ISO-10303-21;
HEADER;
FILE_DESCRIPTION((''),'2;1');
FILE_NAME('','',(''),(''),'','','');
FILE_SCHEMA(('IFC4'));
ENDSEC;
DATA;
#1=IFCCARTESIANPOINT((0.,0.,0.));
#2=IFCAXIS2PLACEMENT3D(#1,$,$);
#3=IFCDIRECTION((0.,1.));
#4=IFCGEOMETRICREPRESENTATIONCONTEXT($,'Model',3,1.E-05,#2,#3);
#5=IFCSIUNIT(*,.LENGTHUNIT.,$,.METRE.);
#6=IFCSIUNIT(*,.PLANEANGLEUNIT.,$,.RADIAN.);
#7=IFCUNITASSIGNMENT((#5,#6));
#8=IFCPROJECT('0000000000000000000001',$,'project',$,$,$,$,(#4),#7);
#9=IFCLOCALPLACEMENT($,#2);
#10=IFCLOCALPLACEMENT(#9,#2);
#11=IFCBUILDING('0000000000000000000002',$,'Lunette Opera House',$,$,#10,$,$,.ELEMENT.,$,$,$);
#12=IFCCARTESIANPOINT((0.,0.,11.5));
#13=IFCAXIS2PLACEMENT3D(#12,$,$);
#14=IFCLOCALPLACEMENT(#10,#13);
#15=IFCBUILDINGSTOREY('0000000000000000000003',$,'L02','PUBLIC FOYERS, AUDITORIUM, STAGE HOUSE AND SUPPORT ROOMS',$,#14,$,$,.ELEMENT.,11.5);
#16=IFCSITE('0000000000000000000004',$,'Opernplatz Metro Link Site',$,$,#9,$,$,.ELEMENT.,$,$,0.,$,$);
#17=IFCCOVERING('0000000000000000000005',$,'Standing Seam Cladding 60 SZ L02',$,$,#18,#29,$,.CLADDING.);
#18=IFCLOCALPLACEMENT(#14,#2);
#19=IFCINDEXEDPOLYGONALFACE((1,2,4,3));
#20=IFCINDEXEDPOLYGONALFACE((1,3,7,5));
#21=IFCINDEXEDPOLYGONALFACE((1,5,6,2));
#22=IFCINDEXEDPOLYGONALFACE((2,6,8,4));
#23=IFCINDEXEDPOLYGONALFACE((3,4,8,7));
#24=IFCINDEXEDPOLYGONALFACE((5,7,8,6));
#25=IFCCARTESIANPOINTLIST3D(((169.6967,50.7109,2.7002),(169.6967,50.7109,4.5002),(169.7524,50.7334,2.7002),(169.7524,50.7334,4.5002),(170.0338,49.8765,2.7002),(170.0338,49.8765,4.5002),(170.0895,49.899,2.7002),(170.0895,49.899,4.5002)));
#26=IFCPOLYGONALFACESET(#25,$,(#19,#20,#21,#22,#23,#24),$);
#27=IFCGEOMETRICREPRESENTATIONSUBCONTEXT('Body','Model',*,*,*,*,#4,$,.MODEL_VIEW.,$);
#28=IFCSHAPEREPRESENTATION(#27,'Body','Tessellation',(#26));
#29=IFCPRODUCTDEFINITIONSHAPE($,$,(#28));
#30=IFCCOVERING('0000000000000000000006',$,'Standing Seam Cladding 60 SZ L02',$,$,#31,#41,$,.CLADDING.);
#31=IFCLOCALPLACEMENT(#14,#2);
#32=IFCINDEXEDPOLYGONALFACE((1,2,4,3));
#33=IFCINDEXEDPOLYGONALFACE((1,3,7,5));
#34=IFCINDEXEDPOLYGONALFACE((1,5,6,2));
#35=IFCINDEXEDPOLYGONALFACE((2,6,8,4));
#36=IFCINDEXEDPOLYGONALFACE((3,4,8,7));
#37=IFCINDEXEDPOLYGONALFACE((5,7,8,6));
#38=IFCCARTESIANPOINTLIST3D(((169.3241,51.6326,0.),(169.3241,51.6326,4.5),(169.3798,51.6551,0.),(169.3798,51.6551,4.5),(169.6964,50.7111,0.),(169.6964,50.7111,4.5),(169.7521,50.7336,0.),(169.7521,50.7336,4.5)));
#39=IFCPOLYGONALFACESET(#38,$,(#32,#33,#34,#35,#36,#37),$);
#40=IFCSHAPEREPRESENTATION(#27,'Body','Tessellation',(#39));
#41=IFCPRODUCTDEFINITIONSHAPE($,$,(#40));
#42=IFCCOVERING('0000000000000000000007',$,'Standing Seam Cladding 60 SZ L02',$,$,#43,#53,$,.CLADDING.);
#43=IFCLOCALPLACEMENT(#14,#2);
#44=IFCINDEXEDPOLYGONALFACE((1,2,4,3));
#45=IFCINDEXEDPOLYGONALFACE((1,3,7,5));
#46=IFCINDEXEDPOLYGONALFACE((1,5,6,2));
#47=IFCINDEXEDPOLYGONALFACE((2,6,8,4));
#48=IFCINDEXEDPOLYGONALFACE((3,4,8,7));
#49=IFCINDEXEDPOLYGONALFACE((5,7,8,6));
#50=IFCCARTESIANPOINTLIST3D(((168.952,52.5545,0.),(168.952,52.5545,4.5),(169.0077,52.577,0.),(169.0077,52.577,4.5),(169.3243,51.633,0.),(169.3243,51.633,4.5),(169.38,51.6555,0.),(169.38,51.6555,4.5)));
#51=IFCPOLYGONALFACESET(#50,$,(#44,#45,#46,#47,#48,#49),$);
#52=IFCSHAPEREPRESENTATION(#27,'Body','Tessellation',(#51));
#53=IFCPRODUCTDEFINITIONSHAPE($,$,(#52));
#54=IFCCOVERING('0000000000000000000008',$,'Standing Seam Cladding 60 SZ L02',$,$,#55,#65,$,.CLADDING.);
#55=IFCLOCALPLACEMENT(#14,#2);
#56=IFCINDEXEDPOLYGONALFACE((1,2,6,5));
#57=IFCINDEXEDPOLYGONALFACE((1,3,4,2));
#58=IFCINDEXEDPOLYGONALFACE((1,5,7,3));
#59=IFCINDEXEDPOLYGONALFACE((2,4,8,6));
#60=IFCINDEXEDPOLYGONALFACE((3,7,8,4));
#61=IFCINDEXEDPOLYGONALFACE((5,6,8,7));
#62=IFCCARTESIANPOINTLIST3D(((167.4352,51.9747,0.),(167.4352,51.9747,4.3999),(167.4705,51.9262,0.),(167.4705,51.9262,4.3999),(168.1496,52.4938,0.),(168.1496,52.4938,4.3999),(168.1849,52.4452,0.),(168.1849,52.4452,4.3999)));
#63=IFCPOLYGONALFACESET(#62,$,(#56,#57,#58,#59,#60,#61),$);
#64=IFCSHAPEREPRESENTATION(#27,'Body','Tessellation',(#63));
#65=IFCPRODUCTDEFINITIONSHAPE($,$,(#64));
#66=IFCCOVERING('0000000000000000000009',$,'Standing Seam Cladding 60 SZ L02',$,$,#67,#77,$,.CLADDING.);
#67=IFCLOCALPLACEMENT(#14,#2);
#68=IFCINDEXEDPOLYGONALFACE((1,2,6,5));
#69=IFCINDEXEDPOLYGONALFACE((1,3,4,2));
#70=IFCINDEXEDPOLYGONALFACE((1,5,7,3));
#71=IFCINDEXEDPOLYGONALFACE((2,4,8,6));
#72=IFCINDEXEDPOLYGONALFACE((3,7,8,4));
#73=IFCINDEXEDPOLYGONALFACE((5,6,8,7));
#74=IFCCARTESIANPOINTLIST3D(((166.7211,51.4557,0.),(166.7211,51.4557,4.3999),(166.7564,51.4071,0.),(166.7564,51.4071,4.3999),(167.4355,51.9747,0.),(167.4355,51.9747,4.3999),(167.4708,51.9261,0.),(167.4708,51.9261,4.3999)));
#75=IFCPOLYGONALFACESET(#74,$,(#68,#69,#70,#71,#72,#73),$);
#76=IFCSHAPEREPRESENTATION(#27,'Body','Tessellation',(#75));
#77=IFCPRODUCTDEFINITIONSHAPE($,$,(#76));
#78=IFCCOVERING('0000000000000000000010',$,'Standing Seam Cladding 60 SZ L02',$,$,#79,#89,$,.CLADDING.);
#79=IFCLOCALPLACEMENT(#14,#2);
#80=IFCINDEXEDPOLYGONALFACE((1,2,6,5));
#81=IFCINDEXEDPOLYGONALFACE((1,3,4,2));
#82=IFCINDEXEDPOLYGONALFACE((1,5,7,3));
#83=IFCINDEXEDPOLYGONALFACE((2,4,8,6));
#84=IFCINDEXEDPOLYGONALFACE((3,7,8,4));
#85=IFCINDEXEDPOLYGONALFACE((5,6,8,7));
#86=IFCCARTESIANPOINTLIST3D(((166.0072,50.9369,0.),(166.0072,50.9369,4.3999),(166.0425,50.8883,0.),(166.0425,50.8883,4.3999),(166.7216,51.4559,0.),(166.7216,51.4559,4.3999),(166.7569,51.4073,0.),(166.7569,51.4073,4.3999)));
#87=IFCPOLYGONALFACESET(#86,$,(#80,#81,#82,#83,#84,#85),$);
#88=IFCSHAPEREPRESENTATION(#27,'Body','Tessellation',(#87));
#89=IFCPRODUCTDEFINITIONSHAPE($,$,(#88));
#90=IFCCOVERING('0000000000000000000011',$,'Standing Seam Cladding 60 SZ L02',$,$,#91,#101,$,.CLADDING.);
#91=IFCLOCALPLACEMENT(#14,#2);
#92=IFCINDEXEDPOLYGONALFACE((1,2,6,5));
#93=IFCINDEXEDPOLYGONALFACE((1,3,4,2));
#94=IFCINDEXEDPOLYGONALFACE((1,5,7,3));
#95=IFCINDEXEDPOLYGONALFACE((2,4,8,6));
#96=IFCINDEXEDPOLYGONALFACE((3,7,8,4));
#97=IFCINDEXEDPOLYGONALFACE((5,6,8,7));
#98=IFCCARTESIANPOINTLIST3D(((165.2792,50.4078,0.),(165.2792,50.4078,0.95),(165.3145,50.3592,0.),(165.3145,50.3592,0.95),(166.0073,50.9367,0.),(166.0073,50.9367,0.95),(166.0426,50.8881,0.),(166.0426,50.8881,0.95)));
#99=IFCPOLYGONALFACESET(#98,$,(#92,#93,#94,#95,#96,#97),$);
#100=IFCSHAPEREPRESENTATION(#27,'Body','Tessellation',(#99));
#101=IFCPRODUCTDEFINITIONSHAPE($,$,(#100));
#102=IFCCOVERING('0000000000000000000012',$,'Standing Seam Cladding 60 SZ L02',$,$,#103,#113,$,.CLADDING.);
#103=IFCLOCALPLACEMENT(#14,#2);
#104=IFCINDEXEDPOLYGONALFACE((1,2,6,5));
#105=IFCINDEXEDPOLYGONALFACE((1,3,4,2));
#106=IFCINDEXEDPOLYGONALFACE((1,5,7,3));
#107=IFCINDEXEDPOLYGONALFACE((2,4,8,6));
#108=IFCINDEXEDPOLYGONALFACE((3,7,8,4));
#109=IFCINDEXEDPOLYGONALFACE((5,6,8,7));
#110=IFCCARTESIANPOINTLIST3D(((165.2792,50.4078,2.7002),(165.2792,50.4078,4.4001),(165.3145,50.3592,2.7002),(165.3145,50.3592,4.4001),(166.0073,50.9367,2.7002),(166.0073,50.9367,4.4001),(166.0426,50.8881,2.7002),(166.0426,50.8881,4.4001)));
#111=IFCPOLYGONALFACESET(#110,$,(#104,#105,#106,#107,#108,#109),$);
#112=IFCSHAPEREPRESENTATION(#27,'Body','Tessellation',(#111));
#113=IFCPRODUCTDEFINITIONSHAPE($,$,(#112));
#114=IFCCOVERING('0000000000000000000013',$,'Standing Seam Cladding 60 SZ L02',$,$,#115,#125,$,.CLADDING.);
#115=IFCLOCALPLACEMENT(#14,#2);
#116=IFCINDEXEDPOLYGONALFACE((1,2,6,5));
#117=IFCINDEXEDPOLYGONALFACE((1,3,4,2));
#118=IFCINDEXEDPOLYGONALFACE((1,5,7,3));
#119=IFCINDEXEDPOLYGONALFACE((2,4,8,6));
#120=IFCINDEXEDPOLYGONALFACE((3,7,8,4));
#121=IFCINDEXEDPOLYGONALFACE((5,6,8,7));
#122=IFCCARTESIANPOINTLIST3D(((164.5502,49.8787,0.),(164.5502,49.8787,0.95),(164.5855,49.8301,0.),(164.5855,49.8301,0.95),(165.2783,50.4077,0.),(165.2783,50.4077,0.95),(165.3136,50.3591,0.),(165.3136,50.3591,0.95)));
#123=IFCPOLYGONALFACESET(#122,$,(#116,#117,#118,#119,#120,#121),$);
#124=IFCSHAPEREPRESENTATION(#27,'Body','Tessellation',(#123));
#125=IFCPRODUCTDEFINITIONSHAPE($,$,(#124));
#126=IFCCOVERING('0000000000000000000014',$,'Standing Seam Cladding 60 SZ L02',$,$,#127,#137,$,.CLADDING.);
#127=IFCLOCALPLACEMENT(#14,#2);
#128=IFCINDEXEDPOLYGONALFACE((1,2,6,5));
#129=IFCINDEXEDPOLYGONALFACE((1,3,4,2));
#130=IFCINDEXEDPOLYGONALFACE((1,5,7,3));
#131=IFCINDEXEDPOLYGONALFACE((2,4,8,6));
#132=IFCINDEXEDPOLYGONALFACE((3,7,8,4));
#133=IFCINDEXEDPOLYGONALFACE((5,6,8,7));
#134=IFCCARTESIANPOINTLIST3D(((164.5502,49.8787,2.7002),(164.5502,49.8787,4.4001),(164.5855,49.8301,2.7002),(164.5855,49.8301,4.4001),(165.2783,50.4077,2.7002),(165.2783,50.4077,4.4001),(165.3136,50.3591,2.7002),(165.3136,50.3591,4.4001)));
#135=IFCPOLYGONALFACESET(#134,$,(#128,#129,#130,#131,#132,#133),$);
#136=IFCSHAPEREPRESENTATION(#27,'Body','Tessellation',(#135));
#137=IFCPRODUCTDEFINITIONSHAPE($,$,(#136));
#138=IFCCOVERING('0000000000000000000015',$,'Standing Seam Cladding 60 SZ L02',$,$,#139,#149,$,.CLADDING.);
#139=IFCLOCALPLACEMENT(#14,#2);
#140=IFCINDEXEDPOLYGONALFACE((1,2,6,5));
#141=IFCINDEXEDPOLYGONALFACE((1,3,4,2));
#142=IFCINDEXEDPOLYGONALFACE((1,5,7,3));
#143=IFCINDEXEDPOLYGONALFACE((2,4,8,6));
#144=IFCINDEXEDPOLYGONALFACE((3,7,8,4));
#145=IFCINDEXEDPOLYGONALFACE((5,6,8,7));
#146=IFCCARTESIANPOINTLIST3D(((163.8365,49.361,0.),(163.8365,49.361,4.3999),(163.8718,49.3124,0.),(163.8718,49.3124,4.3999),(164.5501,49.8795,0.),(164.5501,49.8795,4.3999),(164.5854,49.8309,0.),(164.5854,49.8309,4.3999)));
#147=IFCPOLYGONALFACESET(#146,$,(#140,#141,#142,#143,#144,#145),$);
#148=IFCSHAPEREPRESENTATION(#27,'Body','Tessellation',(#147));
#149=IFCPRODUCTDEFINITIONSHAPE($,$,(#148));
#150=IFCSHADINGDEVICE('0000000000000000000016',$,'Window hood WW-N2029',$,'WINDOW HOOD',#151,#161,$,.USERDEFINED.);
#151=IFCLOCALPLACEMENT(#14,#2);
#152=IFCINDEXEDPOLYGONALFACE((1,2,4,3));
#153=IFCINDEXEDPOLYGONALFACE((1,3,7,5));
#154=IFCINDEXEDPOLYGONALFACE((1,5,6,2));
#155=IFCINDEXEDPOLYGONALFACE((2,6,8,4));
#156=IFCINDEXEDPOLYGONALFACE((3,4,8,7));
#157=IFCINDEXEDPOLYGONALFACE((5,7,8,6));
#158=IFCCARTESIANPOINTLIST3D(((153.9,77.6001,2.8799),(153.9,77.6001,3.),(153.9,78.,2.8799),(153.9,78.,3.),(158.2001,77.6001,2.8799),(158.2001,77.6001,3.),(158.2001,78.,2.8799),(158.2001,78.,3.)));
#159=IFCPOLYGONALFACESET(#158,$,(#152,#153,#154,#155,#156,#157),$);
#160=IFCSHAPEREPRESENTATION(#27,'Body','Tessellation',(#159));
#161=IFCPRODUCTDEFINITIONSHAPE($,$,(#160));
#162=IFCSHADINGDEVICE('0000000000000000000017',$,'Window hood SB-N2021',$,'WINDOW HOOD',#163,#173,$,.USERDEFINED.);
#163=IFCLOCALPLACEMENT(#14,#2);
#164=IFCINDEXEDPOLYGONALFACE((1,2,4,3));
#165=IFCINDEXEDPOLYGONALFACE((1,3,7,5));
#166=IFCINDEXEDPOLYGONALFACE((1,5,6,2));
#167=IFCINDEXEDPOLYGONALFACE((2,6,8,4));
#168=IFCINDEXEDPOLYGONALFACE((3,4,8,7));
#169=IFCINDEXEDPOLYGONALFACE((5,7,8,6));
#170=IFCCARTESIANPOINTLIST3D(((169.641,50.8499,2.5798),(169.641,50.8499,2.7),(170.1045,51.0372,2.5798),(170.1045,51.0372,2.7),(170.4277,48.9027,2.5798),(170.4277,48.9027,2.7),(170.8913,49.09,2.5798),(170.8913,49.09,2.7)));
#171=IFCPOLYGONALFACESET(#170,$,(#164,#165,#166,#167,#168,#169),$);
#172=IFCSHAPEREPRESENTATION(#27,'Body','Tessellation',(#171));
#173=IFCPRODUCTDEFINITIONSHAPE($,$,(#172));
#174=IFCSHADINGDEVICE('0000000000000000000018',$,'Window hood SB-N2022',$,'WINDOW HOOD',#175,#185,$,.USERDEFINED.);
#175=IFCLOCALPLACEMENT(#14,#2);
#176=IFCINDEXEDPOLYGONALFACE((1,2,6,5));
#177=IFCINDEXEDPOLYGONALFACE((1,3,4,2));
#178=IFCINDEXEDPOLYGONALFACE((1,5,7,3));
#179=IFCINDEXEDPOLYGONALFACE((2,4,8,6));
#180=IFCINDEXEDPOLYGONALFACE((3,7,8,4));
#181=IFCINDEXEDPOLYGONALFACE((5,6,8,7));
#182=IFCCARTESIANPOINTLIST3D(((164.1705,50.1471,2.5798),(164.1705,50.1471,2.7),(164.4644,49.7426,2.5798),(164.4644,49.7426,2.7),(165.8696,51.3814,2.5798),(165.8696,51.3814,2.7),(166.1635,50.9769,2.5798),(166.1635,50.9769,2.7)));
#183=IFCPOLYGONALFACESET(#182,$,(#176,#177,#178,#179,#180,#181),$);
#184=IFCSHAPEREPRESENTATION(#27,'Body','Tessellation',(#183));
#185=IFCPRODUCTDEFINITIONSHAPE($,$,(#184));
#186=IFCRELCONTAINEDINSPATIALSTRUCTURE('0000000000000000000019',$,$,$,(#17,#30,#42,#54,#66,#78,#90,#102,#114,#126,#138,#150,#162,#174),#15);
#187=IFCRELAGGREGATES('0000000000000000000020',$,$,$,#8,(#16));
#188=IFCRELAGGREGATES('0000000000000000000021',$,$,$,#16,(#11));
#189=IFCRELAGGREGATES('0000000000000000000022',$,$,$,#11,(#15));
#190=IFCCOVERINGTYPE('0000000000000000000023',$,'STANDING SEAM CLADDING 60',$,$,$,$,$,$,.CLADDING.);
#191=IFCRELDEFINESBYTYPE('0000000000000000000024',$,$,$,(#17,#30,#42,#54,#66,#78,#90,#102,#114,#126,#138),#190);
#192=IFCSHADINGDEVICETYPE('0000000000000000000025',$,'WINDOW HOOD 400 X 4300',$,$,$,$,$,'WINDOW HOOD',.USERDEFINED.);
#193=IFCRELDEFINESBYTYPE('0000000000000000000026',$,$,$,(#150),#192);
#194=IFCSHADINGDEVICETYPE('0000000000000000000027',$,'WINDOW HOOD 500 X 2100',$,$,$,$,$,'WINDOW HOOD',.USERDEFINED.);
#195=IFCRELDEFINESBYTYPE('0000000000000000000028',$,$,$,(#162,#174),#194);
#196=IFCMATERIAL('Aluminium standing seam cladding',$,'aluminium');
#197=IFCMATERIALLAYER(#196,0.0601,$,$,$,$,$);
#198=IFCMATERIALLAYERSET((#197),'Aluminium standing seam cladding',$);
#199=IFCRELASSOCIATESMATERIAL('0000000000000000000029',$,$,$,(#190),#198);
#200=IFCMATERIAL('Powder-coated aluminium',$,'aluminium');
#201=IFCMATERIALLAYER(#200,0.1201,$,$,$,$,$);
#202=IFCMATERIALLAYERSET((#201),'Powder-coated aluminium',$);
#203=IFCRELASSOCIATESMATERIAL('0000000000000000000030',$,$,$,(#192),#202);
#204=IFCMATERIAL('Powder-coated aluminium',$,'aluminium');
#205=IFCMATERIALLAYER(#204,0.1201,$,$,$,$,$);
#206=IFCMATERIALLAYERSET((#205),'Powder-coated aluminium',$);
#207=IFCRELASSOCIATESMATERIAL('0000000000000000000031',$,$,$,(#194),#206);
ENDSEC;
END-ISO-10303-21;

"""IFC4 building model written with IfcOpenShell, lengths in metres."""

from ifc_helpers import new_model, si_unit, direction, frame, origin, origin_2d, place, context, subcontext, project, spatial, rectangle, extrude, material, layer, layer_set, type_object, element, save


model = new_model("IFC4")

# Units and contexts
model_context = context("Model", 3, precision=1e-05, world=origin(), true_north=direction((0.0, 1.0)))
body_context = subcontext(model_context, "Body", "Model", "MODEL_VIEW")
ifc_project = project(units=[si_unit("LENGTHUNIT", "METRE"), si_unit("PLANEANGLEUNIT", "RADIAN")], contexts=[model_context])

# Site, building, storey
site_placement = place(None, origin())
site = spatial("IfcSite", under=ifc_project, at=site_placement, Name="Opernplatz Metro Link Site", CompositionType="ELEMENT", RefElevation=0.0)
building_placement = place(site_placement, origin())
building = spatial("IfcBuilding", under=site, at=building_placement, Name="Lunette Opera House", CompositionType="ELEMENT")
storey_placement = place(building_placement, frame((0.0, 0.0, 11.5)))
storey = spatial("IfcBuildingStorey", under=building, at=storey_placement, Name="L02", Description="PUBLIC FOYERS, AUDITORIUM, STAGE HOUSE AND SUPPORT ROOMS", CompositionType="ELEMENT", Elevation=11.5)

# Coverings
ifc_material_1 = material(Name="Aluminium standing seam cladding", Category="aluminium")
ifc_layer_1 = layer(ifc_material_1, 0.0601)
ifc_layer_set_1 = layer_set([ifc_layer_1], Name="Aluminium standing seam cladding")
covering_type = type_object("IfcCoveringType", Name="STANDING SEAM CLADDING 60", PredefinedType="CLADDING", material=ifc_layer_set_1)
covering_1_placement = place(storey_placement, frame((169.8931, 50.3049, 2.7002), z_axis=(0.0, 0.0, 1.0), x_axis=(-0.374611, 0.927182, 0.0)))
element("IfcCovering", 1, at=covering_1_placement, inside=storey, type_object=covering_type, Name="Standing Seam Cladding 60 SZ L02", PredefinedType="CLADDING", context=body_context, shape_type="SweptSolid", body=[
    extrude(rectangle(XDim=0.8999, YDim=0.0601, at=origin_2d()), origin(), (0.0, 0.0, 1.0), 1.8),
])
for number, where, z_axis, x_axis, name in (
    (2, (169.5381, 51.1831, 0.0), (0.0, 0.0, 1.0), (-0.374611, 0.927182, 0.0), "Standing Seam Cladding 60 SZ L02"),
    (3, (169.166, 52.105, 0.0), (0.0, 0.0, 1.0), (-0.374611, 0.927182, 0.0), "Standing Seam Cladding 60 SZ L02"),
):
    element("IfcCovering", number, at=place(storey_placement, frame(where, z_axis=z_axis, x_axis=x_axis)), inside=storey, type_object=covering_type, Name=name, PredefinedType="CLADDING", context=body_context, shape_type="SweptSolid", body=[
        extrude(rectangle(XDim=0.9939, YDim=0.0601, at=origin_2d()), origin(), (0.0, 0.0, 1.0), 4.5),
    ])
for number, where, z_axis, x_axis, name in (
    (4, (167.8101, 52.21, 0.0), (0.0, 0.0, 1.0), (-0.809041, -0.587753, 0.0), "Standing Seam Cladding 60 SZ L02"),
    (5, (167.0959, 51.6909, 0.0), (0.0, 0.0, 1.0), (-0.809041, -0.587753, 0.0), "Standing Seam Cladding 60 SZ L02"),
    (6, (166.3821, 51.1721, 0.0), (0.0, 0.0, 1.0), (-0.809041, -0.587753, 0.0), "Standing Seam Cladding 60 SZ L02"),
):
    element("IfcCovering", number, at=place(storey_placement, frame(where, z_axis=z_axis, x_axis=x_axis)), inside=storey, type_object=covering_type, Name=name, PredefinedType="CLADDING", context=body_context, shape_type="SweptSolid", body=[
        extrude(rectangle(XDim=0.8831, YDim=0.0601, at=origin_2d()), origin(), (0.0, 0.0, 1.0), 4.3999),
    ])
covering_2_placement = place(storey_placement, frame((165.6609, 50.6479, 0.0), z_axis=(0.0, 0.0, 1.0), x_axis=(-0.809041, -0.587753, 0.0)))
element("IfcCovering", 7, at=covering_2_placement, inside=storey, type_object=covering_type, Name="Standing Seam Cladding 60 SZ L02", PredefinedType="CLADDING", context=body_context, shape_type="SweptSolid", body=[
    extrude(rectangle(XDim=0.8999, YDim=0.0601, at=origin_2d()), origin(), (0.0, 0.0, 1.0), 0.95),
])
covering_3_placement = place(storey_placement, frame((165.6609, 50.6479, 2.7002), z_axis=(0.0, 0.0, 1.0), x_axis=(-0.809041, -0.587753, 0.0)))
element("IfcCovering", 8, at=covering_3_placement, inside=storey, type_object=covering_type, Name="Standing Seam Cladding 60 SZ L02", PredefinedType="CLADDING", context=body_context, shape_type="SweptSolid", body=[
    extrude(rectangle(XDim=0.8999, YDim=0.0601, at=origin_2d()), origin(), (0.0, 0.0, 1.0), 1.7),
])
covering_4_placement = place(storey_placement, frame((164.9319, 50.1189, 0.0), z_axis=(0.0, 0.0, 1.0), x_axis=(-0.809041, -0.587753, 0.0)))
element("IfcCovering", 9, at=covering_4_placement, inside=storey, type_object=covering_type, Name="Standing Seam Cladding 60 SZ L02", PredefinedType="CLADDING", context=body_context, shape_type="SweptSolid", body=[
    extrude(rectangle(XDim=0.8999, YDim=0.0601, at=origin_2d()), origin(), (0.0, 0.0, 1.0), 0.95),
])
covering_5_placement = place(storey_placement, frame((164.9319, 50.1189, 2.7002), z_axis=(0.0, 0.0, 1.0), x_axis=(-0.809041, -0.587753, 0.0)))
element("IfcCovering", 10, at=covering_5_placement, inside=storey, type_object=covering_type, Name="Standing Seam Cladding 60 SZ L02", PredefinedType="CLADDING", context=body_context, shape_type="SweptSolid", body=[
    extrude(rectangle(XDim=0.8999, YDim=0.0601, at=origin_2d()), origin(), (0.0, 0.0, 1.0), 1.7),
])
covering_6_placement = place(storey_placement, frame((164.2109, 49.5959, 0.0), z_axis=(0.0, 0.0, 1.0), x_axis=(-0.809041, -0.587753, 0.0)))
element("IfcCovering", 11, at=covering_6_placement, inside=storey, type_object=covering_type, Name="Standing Seam Cladding 60 SZ L02", PredefinedType="CLADDING", context=body_context, shape_type="SweptSolid", body=[
    extrude(rectangle(XDim=0.8821, YDim=0.0601, at=origin_2d()), origin(), (0.0, 0.0, 1.0), 4.3999),
])

# Shading devices
ifc_material_2 = material(Name="Powder-coated aluminium", Category="aluminium")
ifc_layer_2 = layer(ifc_material_2, 0.1201)
ifc_layer_set_2 = layer_set([ifc_layer_2], Name="Powder-coated aluminium")
shading_device_type_1 = type_object("IfcShadingDeviceType", Name="WINDOW HOOD 400 X 4300", ElementType="WINDOW HOOD", PredefinedType="USERDEFINED", material=ifc_layer_set_2)
shading_device_placement = place(storey_placement, frame((156.05, 77.8, 2.8799), z_axis=(0.0, 0.0, 1.0), x_axis=(0.0, -1.0, 0.0)))
element("IfcShadingDevice", 12, at=shading_device_placement, inside=storey, type_object=shading_device_type_1, Name="Window hood WW-N2029", ObjectType="WINDOW HOOD", PredefinedType="USERDEFINED", context=body_context, shape_type="SweptSolid", body=[
    extrude(rectangle(XDim=0.3999, YDim=4.3, at=origin_2d()), origin(), (0.0, 0.0, 1.0), 0.1201),
])
ifc_material_3 = material(Name="Powder-coated aluminium", Category="aluminium")
ifc_layer_3 = layer(ifc_material_3, 0.1201)
ifc_layer_set_3 = layer_set([ifc_layer_3], Name="Powder-coated aluminium")
shading_device_type_2 = type_object("IfcShadingDeviceType", Name="WINDOW HOOD 500 X 2100", ElementType="WINDOW HOOD", PredefinedType="USERDEFINED", material=ifc_layer_set_3)
for number, where, z_axis, x_axis, name in (
    (13, (170.2661, 49.97, 2.5798), (0.0, 0.0, 1.0), (0.927182, 0.374611, 0.0), "Window hood SB-N2021"),
    (14, (165.167, 50.562, 2.5798), (0.0, 0.0, 1.0), (-0.587753, 0.809041, 0.0), "Window hood SB-N2022"),
):
    element("IfcShadingDevice", number, at=place(storey_placement, frame(where, z_axis=z_axis, x_axis=x_axis)), inside=storey, type_object=shading_device_type_2, Name=name, ObjectType="WINDOW HOOD", PredefinedType="USERDEFINED", context=body_context, shape_type="SweptSolid", body=[
        extrude(rectangle(XDim=0.5, YDim=2.1001, at=origin_2d()), origin(), (0.0, 0.0, 1.0), 0.1201),
    ])

save(model, "model.ifc")
